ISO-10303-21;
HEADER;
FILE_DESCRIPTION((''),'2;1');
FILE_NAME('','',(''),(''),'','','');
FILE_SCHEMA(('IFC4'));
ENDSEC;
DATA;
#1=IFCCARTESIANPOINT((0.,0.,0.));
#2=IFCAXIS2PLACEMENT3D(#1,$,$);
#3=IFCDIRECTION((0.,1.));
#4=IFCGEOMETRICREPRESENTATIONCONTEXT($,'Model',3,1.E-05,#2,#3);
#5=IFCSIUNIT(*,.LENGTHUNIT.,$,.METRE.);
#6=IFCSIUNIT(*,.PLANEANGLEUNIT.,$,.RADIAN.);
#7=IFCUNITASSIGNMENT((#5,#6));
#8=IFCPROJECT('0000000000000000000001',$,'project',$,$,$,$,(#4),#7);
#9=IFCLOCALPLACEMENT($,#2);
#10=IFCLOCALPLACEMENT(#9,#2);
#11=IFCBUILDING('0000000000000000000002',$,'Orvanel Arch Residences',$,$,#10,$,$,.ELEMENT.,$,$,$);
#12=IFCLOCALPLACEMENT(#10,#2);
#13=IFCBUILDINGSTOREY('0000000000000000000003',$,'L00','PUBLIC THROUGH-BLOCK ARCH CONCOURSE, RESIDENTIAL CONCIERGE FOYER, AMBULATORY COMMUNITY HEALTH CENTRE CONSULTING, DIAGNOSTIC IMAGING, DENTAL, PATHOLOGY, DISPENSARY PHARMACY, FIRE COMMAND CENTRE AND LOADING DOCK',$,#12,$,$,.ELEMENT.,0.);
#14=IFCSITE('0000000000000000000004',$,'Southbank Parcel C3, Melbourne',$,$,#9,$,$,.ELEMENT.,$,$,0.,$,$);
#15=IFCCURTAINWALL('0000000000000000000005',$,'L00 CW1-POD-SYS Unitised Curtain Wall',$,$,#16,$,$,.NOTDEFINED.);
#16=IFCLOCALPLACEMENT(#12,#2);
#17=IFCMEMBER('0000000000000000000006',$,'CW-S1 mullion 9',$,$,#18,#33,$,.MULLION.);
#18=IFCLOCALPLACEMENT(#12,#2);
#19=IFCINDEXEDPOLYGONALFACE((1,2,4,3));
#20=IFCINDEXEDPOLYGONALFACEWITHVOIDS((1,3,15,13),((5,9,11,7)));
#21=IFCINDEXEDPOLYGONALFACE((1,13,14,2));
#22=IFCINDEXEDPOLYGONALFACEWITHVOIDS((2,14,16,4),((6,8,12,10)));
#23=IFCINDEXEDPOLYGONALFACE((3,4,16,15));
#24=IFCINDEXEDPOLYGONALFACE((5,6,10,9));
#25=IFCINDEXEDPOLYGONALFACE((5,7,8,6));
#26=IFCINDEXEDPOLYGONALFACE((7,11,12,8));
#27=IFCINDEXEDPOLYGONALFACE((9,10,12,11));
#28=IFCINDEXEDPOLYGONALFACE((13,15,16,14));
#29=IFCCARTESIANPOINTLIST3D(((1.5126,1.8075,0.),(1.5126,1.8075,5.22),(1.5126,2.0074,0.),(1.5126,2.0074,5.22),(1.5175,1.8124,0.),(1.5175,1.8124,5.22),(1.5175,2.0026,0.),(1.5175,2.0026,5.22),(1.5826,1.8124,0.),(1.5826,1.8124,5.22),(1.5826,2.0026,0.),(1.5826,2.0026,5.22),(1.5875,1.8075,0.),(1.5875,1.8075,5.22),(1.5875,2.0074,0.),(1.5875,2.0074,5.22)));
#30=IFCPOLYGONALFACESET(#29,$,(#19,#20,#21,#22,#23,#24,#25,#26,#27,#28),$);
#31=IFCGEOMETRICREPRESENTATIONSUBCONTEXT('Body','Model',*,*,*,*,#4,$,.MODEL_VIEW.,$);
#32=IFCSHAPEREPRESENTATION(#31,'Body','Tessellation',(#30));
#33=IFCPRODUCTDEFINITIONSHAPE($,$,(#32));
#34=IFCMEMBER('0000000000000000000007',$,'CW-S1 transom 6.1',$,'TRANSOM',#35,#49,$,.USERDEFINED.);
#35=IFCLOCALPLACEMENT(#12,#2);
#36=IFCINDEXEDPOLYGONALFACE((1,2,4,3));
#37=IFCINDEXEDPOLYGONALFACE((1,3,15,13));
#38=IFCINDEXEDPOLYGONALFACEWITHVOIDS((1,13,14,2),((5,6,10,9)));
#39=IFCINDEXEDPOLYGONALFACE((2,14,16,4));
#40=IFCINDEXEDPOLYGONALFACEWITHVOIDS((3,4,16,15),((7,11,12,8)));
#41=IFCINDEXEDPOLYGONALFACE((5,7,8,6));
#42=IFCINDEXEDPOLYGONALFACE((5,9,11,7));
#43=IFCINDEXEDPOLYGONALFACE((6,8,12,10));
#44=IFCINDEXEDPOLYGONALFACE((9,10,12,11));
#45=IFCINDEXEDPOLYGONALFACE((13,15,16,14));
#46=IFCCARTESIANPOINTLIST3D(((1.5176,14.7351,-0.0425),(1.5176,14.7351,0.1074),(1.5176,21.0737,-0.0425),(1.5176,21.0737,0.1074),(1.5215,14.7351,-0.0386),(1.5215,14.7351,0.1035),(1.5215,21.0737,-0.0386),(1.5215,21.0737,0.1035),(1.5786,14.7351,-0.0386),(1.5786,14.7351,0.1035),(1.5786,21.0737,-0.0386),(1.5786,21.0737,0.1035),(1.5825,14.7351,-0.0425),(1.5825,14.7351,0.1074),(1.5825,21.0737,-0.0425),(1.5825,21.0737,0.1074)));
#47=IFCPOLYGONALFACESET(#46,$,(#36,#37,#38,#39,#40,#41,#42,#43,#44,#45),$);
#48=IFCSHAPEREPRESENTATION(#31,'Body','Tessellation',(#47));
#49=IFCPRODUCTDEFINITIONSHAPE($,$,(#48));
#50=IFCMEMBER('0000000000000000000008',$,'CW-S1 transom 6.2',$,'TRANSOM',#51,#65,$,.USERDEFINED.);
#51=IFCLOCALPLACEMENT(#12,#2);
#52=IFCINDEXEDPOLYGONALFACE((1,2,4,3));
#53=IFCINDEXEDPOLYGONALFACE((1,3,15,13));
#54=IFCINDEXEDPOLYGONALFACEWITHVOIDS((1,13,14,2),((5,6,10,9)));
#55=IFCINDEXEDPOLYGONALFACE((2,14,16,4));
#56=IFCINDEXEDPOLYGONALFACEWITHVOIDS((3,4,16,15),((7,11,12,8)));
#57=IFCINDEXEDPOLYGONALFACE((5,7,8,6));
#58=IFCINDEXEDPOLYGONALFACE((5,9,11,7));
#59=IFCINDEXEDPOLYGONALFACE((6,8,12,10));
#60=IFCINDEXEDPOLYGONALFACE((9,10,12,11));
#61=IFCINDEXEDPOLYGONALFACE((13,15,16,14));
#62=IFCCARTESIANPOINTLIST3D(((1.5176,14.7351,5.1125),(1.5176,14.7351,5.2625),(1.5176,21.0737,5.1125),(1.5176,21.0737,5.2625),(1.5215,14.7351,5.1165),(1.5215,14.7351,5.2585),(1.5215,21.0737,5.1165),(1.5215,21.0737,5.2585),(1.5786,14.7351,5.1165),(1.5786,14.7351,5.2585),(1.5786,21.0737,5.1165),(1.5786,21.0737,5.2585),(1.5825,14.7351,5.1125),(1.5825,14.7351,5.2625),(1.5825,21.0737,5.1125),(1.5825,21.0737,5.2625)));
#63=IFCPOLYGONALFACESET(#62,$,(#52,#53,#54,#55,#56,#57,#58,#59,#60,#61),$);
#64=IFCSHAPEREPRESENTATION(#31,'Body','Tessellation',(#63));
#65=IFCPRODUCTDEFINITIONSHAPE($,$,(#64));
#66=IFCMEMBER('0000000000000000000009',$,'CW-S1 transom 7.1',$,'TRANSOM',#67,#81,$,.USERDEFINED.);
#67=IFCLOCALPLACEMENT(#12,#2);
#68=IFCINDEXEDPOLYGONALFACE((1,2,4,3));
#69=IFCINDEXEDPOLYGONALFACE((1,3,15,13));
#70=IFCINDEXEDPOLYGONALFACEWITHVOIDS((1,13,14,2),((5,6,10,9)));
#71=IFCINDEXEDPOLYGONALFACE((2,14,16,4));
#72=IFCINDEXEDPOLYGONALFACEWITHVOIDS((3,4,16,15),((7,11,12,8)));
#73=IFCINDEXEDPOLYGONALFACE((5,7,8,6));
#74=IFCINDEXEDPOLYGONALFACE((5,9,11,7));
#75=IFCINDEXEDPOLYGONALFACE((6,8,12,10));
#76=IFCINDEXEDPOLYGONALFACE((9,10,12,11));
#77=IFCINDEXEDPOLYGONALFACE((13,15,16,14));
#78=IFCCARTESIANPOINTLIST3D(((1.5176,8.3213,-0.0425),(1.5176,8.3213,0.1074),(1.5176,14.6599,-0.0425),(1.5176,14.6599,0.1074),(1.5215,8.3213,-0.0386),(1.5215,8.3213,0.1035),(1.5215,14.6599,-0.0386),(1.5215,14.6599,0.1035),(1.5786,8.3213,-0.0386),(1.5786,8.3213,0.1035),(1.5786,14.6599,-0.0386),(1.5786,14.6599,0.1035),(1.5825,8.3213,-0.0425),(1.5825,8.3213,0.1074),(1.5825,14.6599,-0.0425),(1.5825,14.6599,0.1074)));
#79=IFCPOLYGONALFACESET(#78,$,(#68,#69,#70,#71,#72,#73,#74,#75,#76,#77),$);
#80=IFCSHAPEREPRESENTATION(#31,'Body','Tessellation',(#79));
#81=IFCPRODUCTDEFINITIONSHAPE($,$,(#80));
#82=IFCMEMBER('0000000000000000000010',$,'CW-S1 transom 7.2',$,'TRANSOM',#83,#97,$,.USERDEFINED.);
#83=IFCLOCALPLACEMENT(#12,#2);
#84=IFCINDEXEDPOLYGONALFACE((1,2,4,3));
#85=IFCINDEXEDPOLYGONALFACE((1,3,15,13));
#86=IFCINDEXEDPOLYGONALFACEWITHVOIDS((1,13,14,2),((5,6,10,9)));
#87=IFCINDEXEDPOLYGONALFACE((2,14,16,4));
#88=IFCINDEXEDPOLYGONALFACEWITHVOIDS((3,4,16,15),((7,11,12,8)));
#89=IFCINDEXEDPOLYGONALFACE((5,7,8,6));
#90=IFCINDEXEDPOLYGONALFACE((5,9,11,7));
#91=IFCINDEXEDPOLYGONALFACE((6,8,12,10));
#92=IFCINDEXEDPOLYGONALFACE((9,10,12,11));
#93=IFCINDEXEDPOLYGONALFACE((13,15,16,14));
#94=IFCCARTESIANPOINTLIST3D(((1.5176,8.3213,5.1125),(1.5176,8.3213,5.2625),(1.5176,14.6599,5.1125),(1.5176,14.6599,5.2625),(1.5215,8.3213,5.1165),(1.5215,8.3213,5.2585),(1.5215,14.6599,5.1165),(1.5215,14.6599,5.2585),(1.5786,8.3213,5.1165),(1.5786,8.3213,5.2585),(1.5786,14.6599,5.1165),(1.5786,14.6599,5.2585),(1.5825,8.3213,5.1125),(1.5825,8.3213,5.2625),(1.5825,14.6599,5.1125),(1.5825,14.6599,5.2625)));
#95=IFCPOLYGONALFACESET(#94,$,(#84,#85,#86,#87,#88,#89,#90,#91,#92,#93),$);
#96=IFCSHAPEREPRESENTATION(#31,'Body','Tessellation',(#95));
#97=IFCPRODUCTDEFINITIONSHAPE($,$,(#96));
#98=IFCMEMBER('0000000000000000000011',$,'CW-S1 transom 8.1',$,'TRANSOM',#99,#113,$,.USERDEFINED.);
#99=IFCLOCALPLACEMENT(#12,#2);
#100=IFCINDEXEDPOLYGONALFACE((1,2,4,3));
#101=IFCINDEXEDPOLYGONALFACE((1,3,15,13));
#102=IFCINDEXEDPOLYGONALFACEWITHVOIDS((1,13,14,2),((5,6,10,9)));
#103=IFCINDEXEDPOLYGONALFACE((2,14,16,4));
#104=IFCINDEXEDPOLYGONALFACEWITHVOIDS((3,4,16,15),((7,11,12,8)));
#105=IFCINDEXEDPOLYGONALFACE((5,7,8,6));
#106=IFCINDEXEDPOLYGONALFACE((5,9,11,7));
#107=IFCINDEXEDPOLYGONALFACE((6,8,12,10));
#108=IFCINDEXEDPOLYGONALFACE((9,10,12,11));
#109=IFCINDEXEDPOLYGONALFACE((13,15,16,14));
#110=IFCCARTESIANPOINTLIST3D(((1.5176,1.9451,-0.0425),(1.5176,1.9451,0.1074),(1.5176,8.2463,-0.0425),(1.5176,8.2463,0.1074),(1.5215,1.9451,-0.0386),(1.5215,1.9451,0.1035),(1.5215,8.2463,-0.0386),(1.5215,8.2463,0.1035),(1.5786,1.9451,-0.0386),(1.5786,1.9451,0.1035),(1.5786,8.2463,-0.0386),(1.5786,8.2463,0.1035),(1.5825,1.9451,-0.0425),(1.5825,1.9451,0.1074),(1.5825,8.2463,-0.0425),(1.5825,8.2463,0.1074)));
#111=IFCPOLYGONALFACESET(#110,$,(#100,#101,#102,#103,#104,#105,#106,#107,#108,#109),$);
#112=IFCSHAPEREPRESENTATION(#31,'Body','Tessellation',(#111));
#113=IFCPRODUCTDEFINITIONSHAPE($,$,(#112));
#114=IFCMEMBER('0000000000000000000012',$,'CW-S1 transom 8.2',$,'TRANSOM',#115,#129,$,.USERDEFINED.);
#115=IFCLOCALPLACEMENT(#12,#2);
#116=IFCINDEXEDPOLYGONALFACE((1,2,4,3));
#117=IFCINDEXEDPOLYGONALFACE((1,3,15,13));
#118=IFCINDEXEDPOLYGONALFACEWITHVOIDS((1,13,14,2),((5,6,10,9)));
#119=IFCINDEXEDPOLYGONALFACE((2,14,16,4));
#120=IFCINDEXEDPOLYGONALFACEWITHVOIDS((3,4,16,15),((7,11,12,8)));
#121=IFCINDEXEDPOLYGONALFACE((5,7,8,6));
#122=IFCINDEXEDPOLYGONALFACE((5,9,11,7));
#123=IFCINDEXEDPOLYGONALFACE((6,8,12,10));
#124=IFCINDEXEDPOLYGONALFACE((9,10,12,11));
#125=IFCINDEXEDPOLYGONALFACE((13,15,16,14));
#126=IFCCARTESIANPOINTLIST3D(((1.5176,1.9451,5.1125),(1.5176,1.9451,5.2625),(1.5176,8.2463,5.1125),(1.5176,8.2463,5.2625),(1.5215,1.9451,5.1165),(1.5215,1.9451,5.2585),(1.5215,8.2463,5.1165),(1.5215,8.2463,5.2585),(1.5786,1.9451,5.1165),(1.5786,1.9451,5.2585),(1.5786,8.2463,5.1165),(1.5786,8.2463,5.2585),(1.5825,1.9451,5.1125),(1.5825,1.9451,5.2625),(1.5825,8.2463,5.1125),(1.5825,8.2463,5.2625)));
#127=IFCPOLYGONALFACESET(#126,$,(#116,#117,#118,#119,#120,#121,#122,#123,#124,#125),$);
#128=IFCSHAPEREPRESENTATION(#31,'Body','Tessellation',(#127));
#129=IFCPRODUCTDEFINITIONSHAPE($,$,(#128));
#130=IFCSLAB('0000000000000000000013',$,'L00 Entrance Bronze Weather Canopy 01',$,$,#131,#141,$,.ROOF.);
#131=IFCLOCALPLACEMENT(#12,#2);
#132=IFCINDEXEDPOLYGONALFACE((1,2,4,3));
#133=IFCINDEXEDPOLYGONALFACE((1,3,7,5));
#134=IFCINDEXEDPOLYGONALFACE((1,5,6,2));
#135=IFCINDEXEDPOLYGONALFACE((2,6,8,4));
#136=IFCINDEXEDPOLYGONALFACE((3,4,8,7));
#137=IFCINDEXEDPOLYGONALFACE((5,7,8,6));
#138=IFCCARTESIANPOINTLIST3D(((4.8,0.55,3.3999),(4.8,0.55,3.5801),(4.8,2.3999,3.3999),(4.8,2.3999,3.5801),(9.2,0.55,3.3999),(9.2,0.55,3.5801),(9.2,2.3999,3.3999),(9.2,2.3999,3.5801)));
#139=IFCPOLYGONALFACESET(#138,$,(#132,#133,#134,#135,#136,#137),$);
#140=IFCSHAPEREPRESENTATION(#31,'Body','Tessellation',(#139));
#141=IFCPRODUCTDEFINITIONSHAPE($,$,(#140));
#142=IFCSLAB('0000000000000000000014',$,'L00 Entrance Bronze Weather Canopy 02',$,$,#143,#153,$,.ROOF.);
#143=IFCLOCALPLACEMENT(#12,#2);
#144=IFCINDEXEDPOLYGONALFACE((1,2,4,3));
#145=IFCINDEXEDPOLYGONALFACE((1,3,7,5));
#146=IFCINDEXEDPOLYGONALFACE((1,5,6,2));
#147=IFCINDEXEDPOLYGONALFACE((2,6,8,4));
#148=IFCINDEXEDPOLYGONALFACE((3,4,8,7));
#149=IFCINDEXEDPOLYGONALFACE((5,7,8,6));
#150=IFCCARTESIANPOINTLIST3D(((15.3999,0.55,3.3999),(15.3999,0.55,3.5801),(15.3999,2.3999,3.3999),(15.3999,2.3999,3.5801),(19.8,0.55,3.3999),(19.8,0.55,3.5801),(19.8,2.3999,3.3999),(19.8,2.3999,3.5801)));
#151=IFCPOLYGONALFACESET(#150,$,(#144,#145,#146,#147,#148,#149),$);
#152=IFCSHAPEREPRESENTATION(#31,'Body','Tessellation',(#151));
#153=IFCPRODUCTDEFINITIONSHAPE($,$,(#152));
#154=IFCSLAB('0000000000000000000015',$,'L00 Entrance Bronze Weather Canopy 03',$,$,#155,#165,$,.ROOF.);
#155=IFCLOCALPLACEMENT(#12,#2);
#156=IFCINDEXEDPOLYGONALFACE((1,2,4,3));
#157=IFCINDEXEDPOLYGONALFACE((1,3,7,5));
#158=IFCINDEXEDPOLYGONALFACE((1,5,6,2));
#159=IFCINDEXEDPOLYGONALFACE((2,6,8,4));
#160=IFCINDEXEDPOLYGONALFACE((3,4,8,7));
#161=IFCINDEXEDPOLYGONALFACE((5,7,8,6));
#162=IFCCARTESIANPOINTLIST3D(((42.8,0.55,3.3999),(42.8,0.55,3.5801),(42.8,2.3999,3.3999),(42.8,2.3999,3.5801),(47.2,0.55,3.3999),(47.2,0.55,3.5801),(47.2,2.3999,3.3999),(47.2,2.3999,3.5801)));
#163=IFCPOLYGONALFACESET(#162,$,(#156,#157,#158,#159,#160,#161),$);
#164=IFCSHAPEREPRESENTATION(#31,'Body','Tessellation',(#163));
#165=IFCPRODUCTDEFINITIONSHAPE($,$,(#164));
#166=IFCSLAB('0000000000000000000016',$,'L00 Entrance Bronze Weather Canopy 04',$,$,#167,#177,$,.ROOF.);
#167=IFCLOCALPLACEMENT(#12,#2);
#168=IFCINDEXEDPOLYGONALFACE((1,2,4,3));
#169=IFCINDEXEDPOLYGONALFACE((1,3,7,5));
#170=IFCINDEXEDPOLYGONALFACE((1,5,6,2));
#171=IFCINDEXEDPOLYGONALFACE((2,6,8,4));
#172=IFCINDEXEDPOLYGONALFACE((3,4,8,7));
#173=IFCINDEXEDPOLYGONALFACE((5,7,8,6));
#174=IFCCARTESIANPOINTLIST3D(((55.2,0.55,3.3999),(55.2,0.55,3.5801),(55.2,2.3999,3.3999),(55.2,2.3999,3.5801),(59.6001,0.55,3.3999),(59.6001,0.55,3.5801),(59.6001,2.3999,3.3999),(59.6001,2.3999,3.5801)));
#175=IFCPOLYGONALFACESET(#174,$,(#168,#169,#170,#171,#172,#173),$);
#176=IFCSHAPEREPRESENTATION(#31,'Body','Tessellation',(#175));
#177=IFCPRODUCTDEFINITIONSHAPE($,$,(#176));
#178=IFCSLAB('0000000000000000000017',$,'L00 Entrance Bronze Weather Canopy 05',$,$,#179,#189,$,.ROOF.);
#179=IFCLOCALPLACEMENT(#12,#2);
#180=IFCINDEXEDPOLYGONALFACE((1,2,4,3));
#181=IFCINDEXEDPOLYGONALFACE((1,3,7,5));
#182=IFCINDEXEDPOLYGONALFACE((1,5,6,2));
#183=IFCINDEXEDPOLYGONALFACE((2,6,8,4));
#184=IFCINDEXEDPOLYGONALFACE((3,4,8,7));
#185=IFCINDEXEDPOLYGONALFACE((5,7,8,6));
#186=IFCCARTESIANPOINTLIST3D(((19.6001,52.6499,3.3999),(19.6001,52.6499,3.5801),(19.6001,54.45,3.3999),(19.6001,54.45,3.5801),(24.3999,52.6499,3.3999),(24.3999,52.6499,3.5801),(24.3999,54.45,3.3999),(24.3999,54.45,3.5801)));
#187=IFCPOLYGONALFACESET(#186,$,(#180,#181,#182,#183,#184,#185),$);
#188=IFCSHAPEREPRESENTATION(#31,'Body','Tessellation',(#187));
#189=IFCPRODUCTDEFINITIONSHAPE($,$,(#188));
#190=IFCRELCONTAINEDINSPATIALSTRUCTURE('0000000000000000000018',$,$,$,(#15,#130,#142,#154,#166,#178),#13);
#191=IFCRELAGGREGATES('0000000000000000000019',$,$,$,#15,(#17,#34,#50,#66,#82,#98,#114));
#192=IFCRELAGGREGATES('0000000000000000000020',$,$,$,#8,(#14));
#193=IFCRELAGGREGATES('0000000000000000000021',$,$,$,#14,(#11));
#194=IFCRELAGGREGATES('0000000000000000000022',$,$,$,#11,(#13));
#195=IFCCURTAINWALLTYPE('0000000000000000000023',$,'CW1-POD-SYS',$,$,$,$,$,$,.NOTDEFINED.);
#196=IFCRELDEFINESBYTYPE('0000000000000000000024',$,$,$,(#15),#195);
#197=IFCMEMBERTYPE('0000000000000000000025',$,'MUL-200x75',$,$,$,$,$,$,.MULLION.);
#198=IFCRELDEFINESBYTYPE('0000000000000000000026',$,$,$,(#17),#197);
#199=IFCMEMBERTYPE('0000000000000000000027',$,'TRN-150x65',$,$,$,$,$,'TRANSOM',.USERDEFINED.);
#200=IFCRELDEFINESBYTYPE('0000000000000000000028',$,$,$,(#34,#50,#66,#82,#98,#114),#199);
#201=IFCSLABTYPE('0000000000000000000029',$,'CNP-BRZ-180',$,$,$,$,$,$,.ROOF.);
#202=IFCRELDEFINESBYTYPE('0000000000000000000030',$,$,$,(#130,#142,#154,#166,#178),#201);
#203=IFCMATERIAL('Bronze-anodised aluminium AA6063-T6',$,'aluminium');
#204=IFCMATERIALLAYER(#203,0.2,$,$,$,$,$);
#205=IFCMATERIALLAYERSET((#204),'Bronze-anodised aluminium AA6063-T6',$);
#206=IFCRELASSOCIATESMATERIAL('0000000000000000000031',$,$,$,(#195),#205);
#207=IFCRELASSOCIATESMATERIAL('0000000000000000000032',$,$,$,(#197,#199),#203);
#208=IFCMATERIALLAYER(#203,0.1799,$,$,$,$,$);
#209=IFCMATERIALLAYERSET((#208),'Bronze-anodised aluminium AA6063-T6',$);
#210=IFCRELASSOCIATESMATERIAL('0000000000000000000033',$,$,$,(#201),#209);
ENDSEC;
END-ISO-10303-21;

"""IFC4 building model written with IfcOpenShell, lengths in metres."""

from ifc_helpers import new_model, si_unit, direction, frame, origin, origin_2d, place, context, subcontext, project, spatial, polyline, hollow_rectangle, outline, extrude, material, layer, layer_set, material_profile, profile_set, type_object, element, aggregate, save


model = new_model("IFC4")

# Units and contexts
model_context = context("Model", 3, precision=1e-05, world=origin(), true_north=direction((0.0, 1.0)))
body_context = subcontext(model_context, "Body", "Model", "MODEL_VIEW")
ifc_project = project(units=[si_unit("LENGTHUNIT", "METRE"), si_unit("PLANEANGLEUNIT", "RADIAN")], contexts=[model_context])

# Site, building, storey
site_placement = place(None, origin())
site = spatial("IfcSite", under=ifc_project, at=site_placement, Name="Southbank Parcel C3, Melbourne", CompositionType="ELEMENT", RefElevation=0.0)
building_placement = place(site_placement, origin())
building = spatial("IfcBuilding", under=site, at=building_placement, Name="Orvanel Arch Residences", CompositionType="ELEMENT")
storey_placement = place(building_placement, origin())
storey = spatial("IfcBuildingStorey", under=building, at=storey_placement, Name="L00", Description="PUBLIC THROUGH-BLOCK ARCH CONCOURSE, RESIDENTIAL CONCIERGE FOYER, AMBULATORY COMMUNITY HEALTH CENTRE CONSULTING, DIAGNOSTIC IMAGING, DENTAL, PATHOLOGY, DISPENSARY PHARMACY, FIRE COMMAND CENTRE AND LOADING DOCK", CompositionType="ELEMENT", Elevation=0.0)

# Curtain wall, members
ifc_material_1 = material(Name="Bronze-anodised aluminium AA6063-T6", Category="aluminium")
ifc_layer_1 = layer(ifc_material_1, 0.2)
ifc_layer_set_1 = layer_set([ifc_layer_1], Name="Bronze-anodised aluminium AA6063-T6")
curtain_wall_type = type_object("IfcCurtainWallType", Name="CW1-POD-SYS", PredefinedType="NOTDEFINED", material=ifc_layer_set_1)
curtain_wall_placement = place(storey_placement, origin())
curtain_wall = element("IfcCurtainWall", 1, at=curtain_wall_placement, inside=storey, type_object=curtain_wall_type, Name="L00 CW1-POD-SYS Unitised Curtain Wall", PredefinedType="NOTDEFINED")
ifc_material_profile_1 = material_profile(ifc_material_1, hollow_rectangle(XDim=0.075, YDim=0.2, WallThickness=0.0049, at=origin_2d()), Name="ALU200x75x5")
ifc_profile_set_1 = profile_set([ifc_material_profile_1], Name="Bronze-anodised aluminium AA6063-T6")
member_type_1 = type_object("IfcMemberType", Name="MUL-200x75", PredefinedType="MULLION", material=ifc_profile_set_1)
member_1_placement = place(storey_placement, frame((1.55, 1.9075, 0.0), z_axis=(0.0, 0.0, 1.0), x_axis=(1.0, 0.0, 0.0)))
member_1 = element("IfcMember", 2, at=member_1_placement, type_object=member_type_1, Name="CW-S1 mullion 9", PredefinedType="MULLION", context=body_context, shape_type="SweptSolid", body=[
    extrude(hollow_rectangle(XDim=0.075, YDim=0.2, WallThickness=0.0049, at=origin_2d()), origin(), (0.0, 0.0, 1.0), 5.22),
])
ifc_material_profile_2 = material_profile(ifc_material_1, hollow_rectangle(XDim=0.0649, YDim=0.1499, WallThickness=0.0039, at=origin_2d()), Name="ALU150x65x4")
ifc_profile_set_2 = profile_set([ifc_material_profile_2], Name="Bronze-anodised aluminium AA6063-T6")
member_type_2 = type_object("IfcMemberType", Name="TRN-150x65", ElementType="TRANSOM", PredefinedType="USERDEFINED", material=ifc_profile_set_2)
member_2_placement = place(storey_placement, frame((1.55, 21.0737, 0.0325), z_axis=(0.0, -1.0, 0.0), x_axis=(1.0, 0.0, 0.0)))
member_2 = element("IfcMember", 3, at=member_2_placement, type_object=member_type_2, Name="CW-S1 transom 6.1", ObjectType="TRANSOM", PredefinedType="USERDEFINED", context=body_context, shape_type="SweptSolid", body=[
    extrude(hollow_rectangle(XDim=0.0649, YDim=0.1499, WallThickness=0.0039, at=origin_2d()), origin(), (0.0, 0.0, 1.0), 6.3386),
])
member_3_placement = place(storey_placement, frame((1.55, 21.0737, 5.1875), z_axis=(0.0, -1.0, 0.0), x_axis=(1.0, 0.0, 0.0)))
member_3 = element("IfcMember", 4, at=member_3_placement, type_object=member_type_2, Name="CW-S1 transom 6.2", ObjectType="TRANSOM", PredefinedType="USERDEFINED", context=body_context, shape_type="SweptSolid", body=[
    extrude(hollow_rectangle(XDim=0.0649, YDim=0.1499, WallThickness=0.0039, at=origin_2d()), origin(), (0.0, 0.0, 1.0), 6.3386),
])
member_4_placement = place(storey_placement, frame((1.55, 14.6599, 0.0325), z_axis=(0.0, -1.0, 0.0), x_axis=(1.0, 0.0, 0.0)))
member_4 = element("IfcMember", 5, at=member_4_placement, type_object=member_type_2, Name="CW-S1 transom 7.1", ObjectType="TRANSOM", PredefinedType="USERDEFINED", context=body_context, shape_type="SweptSolid", body=[
    extrude(hollow_rectangle(XDim=0.0649, YDim=0.1499, WallThickness=0.0039, at=origin_2d()), origin(), (0.0, 0.0, 1.0), 6.3386),
])
member_5_placement = place(storey_placement, frame((1.55, 14.6599, 5.1875), z_axis=(0.0, -1.0, 0.0), x_axis=(1.0, 0.0, 0.0)))
member_5 = element("IfcMember", 6, at=member_5_placement, type_object=member_type_2, Name="CW-S1 transom 7.2", ObjectType="TRANSOM", PredefinedType="USERDEFINED", context=body_context, shape_type="SweptSolid", body=[
    extrude(hollow_rectangle(XDim=0.0649, YDim=0.1499, WallThickness=0.0039, at=origin_2d()), origin(), (0.0, 0.0, 1.0), 6.3386),
])
member_6_placement = place(storey_placement, frame((1.55, 8.2463, 0.0325), z_axis=(0.0, -1.0, 0.0), x_axis=(1.0, 0.0, 0.0)))
member_6 = element("IfcMember", 7, at=member_6_placement, type_object=member_type_2, Name="CW-S1 transom 8.1", ObjectType="TRANSOM", PredefinedType="USERDEFINED", context=body_context, shape_type="SweptSolid", body=[
    extrude(hollow_rectangle(XDim=0.0649, YDim=0.1499, WallThickness=0.0039, at=origin_2d()), origin(), (0.0, 0.0, 1.0), 6.3013),
])
member_7_placement = place(storey_placement, frame((1.55, 8.2463, 5.1875), z_axis=(0.0, -1.0, 0.0), x_axis=(1.0, 0.0, 0.0)))
member_7 = element("IfcMember", 8, at=member_7_placement, type_object=member_type_2, Name="CW-S1 transom 8.2", ObjectType="TRANSOM", PredefinedType="USERDEFINED", context=body_context, shape_type="SweptSolid", body=[
    extrude(hollow_rectangle(XDim=0.0649, YDim=0.1499, WallThickness=0.0039, at=origin_2d()), origin(), (0.0, 0.0, 1.0), 6.3013),
])

# Slabs
ifc_layer_2 = layer(ifc_material_1, 0.1799)
ifc_layer_set_2 = layer_set([ifc_layer_2], Name="Bronze-anodised aluminium AA6063-T6")
slab_type_1 = type_object("IfcSlabType", Name="CNP-BRZ-180", PredefinedType="ROOF", material=ifc_layer_set_2)
slab_1_placement = place(storey_placement, frame((0.0, 0.0, 3.3999)))
element("IfcSlab", 9, at=slab_1_placement, inside=storey, type_object=slab_type_1, Name="L00 Entrance Bronze Weather Canopy 01", PredefinedType="ROOF", context=body_context, shape_type="SweptSolid", body=[
    extrude(outline(polyline([(4.8, 0.55), (9.2, 0.55), (9.2, 2.3999), (4.8, 2.3999), (4.8, 0.55)])), origin(), (0.0, 0.0, 1.0), 0.1802),
])
slab_2_placement = place(storey_placement, frame((0.0, 0.0, 3.3999)))
element("IfcSlab", 10, at=slab_2_placement, inside=storey, type_object=slab_type_1, Name="L00 Entrance Bronze Weather Canopy 02", PredefinedType="ROOF", context=body_context, shape_type="SweptSolid", body=[
    extrude(outline(polyline([(15.3999, 0.55), (19.8, 0.55), (19.8, 2.3999), (15.3999, 2.3999), (15.3999, 0.55)])), origin(), (0.0, 0.0, 1.0), 0.1802),
])
slab_3_placement = place(storey_placement, frame((0.0, 0.0, 3.3999)))
element("IfcSlab", 11, at=slab_3_placement, inside=storey, type_object=slab_type_1, Name="L00 Entrance Bronze Weather Canopy 03", PredefinedType="ROOF", context=body_context, shape_type="SweptSolid", body=[
    extrude(outline(polyline([(42.8, 0.55), (47.2, 0.55), (47.2, 2.3999), (42.8, 2.3999), (42.8, 0.55)])), origin(), (0.0, 0.0, 1.0), 0.1802),
])
slab_4_placement = place(storey_placement, frame((0.0, 0.0, 3.3999)))
element("IfcSlab", 12, at=slab_4_placement, inside=storey, type_object=slab_type_1, Name="L00 Entrance Bronze Weather Canopy 04", PredefinedType="ROOF", context=body_context, shape_type="SweptSolid", body=[
    extrude(outline(polyline([(55.2, 0.55), (59.6001, 0.55), (59.6001, 2.3999), (55.2, 2.3999), (55.2, 0.55)])), origin(), (0.0, 0.0, 1.0), 0.1802),
])
slab_5_placement = place(storey_placement, frame((0.0, 0.0, 3.3999)))
element("IfcSlab", 13, at=slab_5_placement, inside=storey, type_object=slab_type_1, Name="L00 Entrance Bronze Weather Canopy 05", PredefinedType="ROOF", context=body_context, shape_type="SweptSolid", body=[
    extrude(outline(polyline([(19.6001, 52.6499), (24.3999, 52.6499), (24.3999, 54.45), (19.6001, 54.45), (19.6001, 52.6499)])), origin(), (0.0, 0.0, 1.0), 0.1802),
])

aggregate(curtain_wall, [member_1, member_2, member_3, member_4, member_5, member_6, member_7])

save(model, "model.ifc")
